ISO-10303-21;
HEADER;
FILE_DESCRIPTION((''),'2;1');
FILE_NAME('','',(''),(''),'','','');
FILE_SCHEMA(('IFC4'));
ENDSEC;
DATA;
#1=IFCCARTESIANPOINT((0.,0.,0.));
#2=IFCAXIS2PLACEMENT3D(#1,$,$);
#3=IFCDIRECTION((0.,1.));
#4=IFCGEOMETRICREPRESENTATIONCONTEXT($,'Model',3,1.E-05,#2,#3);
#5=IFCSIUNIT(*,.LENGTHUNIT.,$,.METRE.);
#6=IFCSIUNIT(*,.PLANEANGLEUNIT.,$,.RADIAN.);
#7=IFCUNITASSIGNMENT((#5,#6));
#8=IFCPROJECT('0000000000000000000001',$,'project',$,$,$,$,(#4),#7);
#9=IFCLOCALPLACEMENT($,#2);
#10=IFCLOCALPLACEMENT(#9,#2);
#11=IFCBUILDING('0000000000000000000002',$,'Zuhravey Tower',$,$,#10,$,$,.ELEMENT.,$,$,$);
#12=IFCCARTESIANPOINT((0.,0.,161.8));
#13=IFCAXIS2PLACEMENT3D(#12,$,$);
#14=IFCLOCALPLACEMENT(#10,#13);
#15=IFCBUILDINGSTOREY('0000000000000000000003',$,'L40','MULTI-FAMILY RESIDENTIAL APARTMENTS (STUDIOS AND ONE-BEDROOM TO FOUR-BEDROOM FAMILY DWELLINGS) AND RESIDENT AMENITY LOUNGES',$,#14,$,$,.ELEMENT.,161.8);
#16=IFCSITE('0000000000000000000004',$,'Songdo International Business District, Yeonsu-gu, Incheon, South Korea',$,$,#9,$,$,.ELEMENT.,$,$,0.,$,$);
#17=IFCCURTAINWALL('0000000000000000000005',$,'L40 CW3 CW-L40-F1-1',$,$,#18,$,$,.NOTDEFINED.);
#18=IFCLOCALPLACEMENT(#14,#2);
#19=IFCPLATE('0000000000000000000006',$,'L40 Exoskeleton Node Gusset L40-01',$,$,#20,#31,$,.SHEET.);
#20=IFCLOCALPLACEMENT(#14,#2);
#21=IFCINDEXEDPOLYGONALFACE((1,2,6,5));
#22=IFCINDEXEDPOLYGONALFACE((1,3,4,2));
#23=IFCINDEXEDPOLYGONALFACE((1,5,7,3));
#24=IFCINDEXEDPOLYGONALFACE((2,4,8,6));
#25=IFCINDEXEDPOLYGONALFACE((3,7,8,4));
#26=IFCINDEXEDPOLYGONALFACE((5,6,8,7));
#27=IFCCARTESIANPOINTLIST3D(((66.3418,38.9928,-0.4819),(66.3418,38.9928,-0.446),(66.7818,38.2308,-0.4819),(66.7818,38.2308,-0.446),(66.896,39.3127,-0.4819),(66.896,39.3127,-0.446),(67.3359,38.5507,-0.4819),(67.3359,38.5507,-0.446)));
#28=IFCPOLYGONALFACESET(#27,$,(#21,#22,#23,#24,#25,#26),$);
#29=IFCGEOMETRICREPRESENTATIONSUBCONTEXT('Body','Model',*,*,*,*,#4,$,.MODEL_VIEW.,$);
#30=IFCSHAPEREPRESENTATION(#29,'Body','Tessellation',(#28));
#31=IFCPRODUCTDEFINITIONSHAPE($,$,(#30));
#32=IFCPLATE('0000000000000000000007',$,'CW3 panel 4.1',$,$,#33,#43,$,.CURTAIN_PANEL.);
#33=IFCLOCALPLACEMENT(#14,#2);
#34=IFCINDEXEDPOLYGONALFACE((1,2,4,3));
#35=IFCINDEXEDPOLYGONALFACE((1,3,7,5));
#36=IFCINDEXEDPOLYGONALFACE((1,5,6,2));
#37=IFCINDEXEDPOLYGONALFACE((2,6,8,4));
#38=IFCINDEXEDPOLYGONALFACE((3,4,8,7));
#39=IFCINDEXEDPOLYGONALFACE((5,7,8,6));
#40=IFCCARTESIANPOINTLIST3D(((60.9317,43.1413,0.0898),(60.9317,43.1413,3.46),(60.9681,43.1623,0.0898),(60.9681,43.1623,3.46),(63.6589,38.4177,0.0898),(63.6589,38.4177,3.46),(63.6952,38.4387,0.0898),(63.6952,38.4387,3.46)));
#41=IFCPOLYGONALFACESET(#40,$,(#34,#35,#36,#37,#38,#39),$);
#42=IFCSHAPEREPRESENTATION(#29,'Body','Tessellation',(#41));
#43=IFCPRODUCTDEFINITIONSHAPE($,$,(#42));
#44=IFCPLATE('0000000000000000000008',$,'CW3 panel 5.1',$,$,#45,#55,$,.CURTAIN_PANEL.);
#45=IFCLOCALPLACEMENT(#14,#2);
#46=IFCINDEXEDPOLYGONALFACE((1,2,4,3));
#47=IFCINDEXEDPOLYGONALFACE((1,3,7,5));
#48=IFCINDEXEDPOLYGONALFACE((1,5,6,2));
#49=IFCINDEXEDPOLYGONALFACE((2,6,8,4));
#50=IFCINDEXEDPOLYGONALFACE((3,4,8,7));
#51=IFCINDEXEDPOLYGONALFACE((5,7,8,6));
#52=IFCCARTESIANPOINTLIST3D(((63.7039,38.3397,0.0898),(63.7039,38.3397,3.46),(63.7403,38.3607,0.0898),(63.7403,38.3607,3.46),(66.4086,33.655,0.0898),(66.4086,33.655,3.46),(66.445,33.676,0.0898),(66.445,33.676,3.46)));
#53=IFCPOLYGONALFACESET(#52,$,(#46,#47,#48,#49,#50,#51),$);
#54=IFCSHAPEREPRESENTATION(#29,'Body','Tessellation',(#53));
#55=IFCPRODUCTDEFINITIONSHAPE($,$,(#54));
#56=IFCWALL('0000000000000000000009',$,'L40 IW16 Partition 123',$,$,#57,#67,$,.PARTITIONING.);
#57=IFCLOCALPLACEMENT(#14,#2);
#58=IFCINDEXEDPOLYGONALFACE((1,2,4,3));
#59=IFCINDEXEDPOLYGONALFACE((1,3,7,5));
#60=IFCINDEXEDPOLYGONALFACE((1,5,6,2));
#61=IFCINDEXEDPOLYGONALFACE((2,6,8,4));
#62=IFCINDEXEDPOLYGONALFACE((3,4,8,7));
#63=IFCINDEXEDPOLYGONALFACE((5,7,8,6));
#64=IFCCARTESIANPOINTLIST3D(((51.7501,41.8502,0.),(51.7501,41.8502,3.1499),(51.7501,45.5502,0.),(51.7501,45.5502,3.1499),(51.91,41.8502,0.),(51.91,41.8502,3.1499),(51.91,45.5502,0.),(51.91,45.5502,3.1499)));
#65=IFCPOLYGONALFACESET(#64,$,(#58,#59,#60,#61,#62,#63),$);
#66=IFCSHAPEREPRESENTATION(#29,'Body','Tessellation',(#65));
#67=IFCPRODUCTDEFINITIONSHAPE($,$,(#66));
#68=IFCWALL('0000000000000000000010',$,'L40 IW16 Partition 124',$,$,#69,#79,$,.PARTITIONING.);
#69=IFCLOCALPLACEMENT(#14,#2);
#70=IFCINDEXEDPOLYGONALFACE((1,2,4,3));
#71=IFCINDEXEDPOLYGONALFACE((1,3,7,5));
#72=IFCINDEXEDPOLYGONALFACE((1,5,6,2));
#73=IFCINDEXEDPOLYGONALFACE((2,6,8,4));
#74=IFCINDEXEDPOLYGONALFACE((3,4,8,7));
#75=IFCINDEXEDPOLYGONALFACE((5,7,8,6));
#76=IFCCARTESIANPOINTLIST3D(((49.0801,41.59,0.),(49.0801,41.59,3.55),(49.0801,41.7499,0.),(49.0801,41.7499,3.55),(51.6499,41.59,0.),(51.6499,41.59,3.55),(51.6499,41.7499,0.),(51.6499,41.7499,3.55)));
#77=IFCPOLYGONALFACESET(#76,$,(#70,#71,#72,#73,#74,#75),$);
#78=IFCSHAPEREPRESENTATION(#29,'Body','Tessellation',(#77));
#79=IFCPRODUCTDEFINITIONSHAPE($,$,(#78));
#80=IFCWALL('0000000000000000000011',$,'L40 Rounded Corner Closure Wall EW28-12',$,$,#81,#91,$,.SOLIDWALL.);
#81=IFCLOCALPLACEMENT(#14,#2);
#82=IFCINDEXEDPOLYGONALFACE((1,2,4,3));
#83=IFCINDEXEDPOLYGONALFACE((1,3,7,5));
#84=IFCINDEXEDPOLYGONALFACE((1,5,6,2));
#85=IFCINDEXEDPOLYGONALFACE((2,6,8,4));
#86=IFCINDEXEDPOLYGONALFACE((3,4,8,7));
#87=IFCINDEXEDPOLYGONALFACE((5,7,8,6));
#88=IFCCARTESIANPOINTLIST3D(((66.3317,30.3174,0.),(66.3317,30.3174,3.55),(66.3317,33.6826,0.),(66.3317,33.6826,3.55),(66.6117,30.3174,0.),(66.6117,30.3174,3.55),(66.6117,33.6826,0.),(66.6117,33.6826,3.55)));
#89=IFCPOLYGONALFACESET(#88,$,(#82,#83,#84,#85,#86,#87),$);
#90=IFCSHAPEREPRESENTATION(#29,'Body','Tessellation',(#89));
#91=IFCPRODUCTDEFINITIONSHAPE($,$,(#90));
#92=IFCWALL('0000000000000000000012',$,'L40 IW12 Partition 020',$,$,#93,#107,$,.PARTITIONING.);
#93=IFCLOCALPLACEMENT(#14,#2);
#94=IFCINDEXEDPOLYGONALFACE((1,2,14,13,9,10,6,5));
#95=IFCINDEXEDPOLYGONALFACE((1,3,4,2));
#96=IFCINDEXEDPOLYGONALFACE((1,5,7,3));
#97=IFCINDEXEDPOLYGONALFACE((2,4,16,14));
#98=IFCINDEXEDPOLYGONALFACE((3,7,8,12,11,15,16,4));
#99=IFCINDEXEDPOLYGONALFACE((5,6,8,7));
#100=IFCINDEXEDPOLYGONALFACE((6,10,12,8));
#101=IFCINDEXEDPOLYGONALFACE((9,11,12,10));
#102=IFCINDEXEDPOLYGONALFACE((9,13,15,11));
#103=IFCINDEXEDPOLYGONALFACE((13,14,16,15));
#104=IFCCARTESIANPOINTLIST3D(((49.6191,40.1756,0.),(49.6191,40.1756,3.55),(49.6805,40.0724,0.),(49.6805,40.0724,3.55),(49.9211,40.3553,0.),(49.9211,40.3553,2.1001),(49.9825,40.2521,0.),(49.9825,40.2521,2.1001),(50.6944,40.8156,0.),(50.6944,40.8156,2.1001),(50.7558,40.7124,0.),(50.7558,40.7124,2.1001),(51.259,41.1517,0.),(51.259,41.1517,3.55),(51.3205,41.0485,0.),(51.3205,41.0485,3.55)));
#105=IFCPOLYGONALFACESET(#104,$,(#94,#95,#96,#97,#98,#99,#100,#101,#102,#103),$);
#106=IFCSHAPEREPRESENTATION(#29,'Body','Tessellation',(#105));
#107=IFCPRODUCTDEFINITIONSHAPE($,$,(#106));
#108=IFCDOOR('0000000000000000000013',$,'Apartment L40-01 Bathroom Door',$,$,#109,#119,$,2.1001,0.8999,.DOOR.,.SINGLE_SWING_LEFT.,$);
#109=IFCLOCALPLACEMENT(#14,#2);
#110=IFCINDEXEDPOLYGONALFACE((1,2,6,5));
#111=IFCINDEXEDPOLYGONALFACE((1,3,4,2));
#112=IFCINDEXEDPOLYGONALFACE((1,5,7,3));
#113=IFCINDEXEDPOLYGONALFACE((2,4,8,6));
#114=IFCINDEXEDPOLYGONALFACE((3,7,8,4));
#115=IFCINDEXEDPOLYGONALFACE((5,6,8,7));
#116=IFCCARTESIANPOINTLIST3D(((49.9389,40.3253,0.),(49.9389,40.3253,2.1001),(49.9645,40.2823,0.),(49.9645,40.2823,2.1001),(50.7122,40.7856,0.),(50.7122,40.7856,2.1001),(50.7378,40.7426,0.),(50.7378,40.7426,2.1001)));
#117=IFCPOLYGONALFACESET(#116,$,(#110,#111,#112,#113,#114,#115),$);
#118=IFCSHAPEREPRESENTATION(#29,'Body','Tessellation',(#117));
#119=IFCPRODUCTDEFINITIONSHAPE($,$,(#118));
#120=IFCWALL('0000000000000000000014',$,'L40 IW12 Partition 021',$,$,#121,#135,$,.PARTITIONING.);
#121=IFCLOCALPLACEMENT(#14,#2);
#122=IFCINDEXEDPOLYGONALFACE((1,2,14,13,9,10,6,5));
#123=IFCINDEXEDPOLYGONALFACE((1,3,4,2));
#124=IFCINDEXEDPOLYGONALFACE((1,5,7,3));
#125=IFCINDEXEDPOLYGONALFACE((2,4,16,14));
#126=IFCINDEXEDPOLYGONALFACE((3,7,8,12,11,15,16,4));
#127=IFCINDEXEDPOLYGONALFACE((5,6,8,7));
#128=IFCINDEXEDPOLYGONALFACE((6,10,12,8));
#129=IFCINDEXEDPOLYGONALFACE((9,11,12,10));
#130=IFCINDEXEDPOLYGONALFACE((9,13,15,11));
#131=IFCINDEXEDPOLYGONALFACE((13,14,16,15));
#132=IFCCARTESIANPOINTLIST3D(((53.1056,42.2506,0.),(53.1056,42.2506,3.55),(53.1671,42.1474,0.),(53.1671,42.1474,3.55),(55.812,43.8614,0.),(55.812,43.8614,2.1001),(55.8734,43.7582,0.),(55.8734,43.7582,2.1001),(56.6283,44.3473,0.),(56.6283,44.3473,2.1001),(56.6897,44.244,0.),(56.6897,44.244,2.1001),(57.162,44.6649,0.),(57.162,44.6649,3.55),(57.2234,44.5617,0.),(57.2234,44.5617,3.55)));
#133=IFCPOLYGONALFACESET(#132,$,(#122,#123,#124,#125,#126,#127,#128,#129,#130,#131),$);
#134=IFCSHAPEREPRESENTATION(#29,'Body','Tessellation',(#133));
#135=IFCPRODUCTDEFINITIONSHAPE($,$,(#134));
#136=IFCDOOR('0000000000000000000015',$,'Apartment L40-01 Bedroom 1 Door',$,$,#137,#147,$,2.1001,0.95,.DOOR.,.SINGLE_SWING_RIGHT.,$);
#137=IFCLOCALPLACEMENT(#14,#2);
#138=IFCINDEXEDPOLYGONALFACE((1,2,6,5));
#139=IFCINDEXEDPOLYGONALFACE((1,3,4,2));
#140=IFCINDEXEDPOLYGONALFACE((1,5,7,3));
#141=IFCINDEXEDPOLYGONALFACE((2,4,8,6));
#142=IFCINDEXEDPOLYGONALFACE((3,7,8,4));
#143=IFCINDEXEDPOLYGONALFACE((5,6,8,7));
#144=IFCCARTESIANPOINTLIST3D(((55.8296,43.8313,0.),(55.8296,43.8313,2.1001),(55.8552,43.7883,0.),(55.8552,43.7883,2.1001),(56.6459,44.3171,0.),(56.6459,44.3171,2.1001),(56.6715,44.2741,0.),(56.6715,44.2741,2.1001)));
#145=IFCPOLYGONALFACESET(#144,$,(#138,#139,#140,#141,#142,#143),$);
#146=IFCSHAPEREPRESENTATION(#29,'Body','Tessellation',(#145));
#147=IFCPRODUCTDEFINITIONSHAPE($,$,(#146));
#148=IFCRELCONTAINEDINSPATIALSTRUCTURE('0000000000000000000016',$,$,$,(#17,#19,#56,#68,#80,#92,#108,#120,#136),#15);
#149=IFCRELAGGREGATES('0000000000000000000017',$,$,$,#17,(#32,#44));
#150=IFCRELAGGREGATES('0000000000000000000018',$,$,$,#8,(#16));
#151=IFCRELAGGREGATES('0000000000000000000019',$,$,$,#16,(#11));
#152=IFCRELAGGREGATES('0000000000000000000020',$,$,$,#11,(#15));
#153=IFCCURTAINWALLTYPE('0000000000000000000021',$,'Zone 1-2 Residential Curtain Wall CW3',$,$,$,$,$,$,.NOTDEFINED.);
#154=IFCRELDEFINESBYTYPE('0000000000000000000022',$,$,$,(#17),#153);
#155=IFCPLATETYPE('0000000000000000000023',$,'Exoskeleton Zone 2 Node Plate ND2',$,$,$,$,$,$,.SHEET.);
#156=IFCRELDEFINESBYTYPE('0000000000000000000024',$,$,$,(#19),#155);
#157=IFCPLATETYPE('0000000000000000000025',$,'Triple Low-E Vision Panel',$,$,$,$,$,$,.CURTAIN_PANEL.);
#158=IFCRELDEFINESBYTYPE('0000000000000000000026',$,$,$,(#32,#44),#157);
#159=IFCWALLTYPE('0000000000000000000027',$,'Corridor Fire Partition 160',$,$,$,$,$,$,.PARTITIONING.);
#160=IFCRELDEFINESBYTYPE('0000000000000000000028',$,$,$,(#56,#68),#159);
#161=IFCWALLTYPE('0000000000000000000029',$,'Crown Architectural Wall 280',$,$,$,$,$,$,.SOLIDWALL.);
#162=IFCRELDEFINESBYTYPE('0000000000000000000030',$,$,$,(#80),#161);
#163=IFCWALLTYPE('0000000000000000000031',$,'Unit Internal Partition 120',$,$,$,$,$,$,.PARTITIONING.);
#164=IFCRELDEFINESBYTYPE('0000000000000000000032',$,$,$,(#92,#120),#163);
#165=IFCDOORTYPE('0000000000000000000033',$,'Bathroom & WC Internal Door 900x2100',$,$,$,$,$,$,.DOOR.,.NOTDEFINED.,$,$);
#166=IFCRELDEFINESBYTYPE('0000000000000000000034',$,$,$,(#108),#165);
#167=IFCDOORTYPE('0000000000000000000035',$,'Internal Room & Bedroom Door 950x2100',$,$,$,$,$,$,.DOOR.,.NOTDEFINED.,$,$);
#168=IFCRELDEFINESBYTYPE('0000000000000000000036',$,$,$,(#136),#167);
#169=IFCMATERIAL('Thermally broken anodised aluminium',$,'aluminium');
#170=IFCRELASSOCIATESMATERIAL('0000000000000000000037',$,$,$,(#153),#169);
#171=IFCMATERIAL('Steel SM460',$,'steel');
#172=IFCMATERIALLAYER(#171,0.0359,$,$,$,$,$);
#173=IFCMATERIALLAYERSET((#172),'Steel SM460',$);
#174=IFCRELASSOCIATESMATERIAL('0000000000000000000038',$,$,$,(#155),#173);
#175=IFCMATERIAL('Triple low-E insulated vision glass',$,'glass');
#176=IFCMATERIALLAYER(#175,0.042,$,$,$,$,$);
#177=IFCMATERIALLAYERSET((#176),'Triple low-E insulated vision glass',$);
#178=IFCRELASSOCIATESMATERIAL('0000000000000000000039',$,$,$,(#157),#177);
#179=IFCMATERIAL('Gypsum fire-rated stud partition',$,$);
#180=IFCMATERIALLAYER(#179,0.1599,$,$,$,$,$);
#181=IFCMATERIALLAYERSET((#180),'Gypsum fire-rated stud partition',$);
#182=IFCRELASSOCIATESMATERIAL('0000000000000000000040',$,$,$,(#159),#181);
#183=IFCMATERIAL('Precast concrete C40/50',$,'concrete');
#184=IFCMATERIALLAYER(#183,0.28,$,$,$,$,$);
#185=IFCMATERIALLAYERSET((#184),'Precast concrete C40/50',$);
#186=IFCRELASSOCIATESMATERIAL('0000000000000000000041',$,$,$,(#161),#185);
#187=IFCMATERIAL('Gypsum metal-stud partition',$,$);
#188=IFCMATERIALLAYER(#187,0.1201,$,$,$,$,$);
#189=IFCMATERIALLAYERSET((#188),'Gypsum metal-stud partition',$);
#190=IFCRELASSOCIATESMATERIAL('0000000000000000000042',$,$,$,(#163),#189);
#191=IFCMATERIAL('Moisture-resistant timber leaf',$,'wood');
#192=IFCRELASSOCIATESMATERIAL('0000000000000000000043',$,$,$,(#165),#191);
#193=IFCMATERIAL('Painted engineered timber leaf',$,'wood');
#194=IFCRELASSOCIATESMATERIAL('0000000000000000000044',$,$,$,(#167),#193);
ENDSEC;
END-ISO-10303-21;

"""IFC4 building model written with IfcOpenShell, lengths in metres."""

from ifc_helpers import new_model, si_unit, direction, frame, frame_2d, origin, origin_2d, place, context, subcontext, project, spatial, rectangle, extrude, material, layer, layer_set, type_object, element, fill, aggregate, save


model = new_model("IFC4")

# Units and contexts
model_context = context("Model", 3, precision=1e-05, world=origin(), true_north=direction((0.0, 1.0)))
body_context = subcontext(model_context, "Body", "Model", "MODEL_VIEW")
ifc_project = project(units=[si_unit("LENGTHUNIT", "METRE"), si_unit("PLANEANGLEUNIT", "RADIAN")], contexts=[model_context])

# Site, building, storey
site_placement = place(None, origin())
site = spatial("IfcSite", under=ifc_project, at=site_placement, Name="Songdo International Business District, Yeonsu-gu, Incheon, South Korea", CompositionType="ELEMENT", RefElevation=0.0)
building_placement = place(site_placement, origin())
building = spatial("IfcBuilding", under=site, at=building_placement, Name="Zuhravey Tower", CompositionType="ELEMENT")
storey_placement = place(building_placement, frame((0.0, 0.0, 161.8)))
storey = spatial("IfcBuildingStorey", under=building, at=storey_placement, Name="L40", Description="MULTI-FAMILY RESIDENTIAL APARTMENTS (STUDIOS AND ONE-BEDROOM TO FOUR-BEDROOM FAMILY DWELLINGS) AND RESIDENT AMENITY LOUNGES", CompositionType="ELEMENT", Elevation=161.8)

# Curtain wall
ifc_material_1 = material(Name="Thermally broken anodised aluminium", Category="aluminium")
curtain_wall_type = type_object("IfcCurtainWallType", Name="Zone 1-2 Residential Curtain Wall CW3", PredefinedType="NOTDEFINED", material=ifc_material_1)
curtain_wall_placement = place(storey_placement, origin())
curtain_wall = element("IfcCurtainWall", 1, at=curtain_wall_placement, inside=storey, type_object=curtain_wall_type, Name="L40 CW3 CW-L40-F1-1", PredefinedType="NOTDEFINED")

# Shared definitions
ifc_material_2 = material(Name="Steel SM460", Category="steel")

# Plates
ifc_layer_1 = layer(ifc_material_2, 0.0359)
ifc_layer_set_1 = layer_set([ifc_layer_1], Name="Steel SM460")
plate_type_1 = type_object("IfcPlateType", Name="Exoskeleton Zone 2 Node Plate ND2", PredefinedType="SHEET", material=ifc_layer_set_1)
plate_1_placement = place(storey_placement, frame((66.8389, 38.7717, -0.4819), z_axis=(0.0, 0.0, 1.0), x_axis=(-0.5, 0.866025, 0.0)))
element("IfcPlate", 2, at=plate_1_placement, inside=storey, type_object=plate_type_1, Name="L40 Exoskeleton Node Gusset L40-01", PredefinedType="SHEET", context=body_context, shape_type="SweptSolid", body=[
    extrude(rectangle(XDim=0.8799, YDim=0.6399, at=origin_2d()), origin(), (0.0, 0.0, 1.0), 0.0359),
])
ifc_material_3 = material(Name="Triple low-E insulated vision glass", Category="glass")
ifc_layer_2 = layer(ifc_material_3, 0.042)
ifc_layer_set_2 = layer_set([ifc_layer_2], Name="Triple low-E insulated vision glass")
plate_type_2 = type_object("IfcPlateType", Name="Triple Low-E Vision Panel", PredefinedType="CURTAIN_PANEL", material=ifc_layer_set_2)
plate_2_placement = place(storey_placement, frame((62.3135, 40.79, 0.0898), z_axis=(0.0, 0.0, 1.0), x_axis=(0.5, -0.866025, 0.0)))
plate_2 = element("IfcPlate", 3, at=plate_2_placement, type_object=plate_type_2, Name="CW3 panel 4.1", PredefinedType="CURTAIN_PANEL", context=body_context, shape_type="SweptSolid", body=[
    extrude(rectangle(XDim=5.4543, YDim=0.042, at=origin_2d()), origin(), (0.0, 0.0, 1.0), 3.3701),
])
plate_3_placement = place(storey_placement, frame((65.0745, 36.0078, 0.0898), z_axis=(0.0, 0.0, 1.0), x_axis=(0.5, -0.866025, 0.0)))
plate_3 = element("IfcPlate", 4, at=plate_3_placement, type_object=plate_type_2, Name="CW3 panel 5.1", PredefinedType="CURTAIN_PANEL", context=body_context, shape_type="SweptSolid", body=[
    extrude(rectangle(XDim=5.4094, YDim=0.042, at=origin_2d()), origin(), (0.0, 0.0, 1.0), 3.3701),
])
aggregate(curtain_wall, [plate_2, plate_3])

# Walls
ifc_material_4 = material(Name="Gypsum fire-rated stud partition")
ifc_layer_3 = layer(ifc_material_4, 0.1599)
ifc_layer_set_3 = layer_set([ifc_layer_3], Name="Gypsum fire-rated stud partition")
wall_type_1 = type_object("IfcWallType", Name="Corridor Fire Partition 160", PredefinedType="PARTITIONING", material=ifc_layer_set_3)
wall_1_placement = place(storey_placement, frame((51.8301, 41.8501, 0.0), z_axis=(0.0, 0.0, 1.0), x_axis=(0.0, 1.0, 0.0)))
element("IfcWall", 5, at=wall_1_placement, inside=storey, type_object=wall_type_1, Name="L40 IW16 Partition 123", PredefinedType="PARTITIONING", context=body_context, shape_type="SweptSolid", body=[
    extrude(rectangle(XDim=3.7, YDim=0.1599, at=frame_2d((1.8501, 0.0))), origin(), (0.0, 0.0, 1.0), 3.1499),
])
wall_2_placement = place(storey_placement, frame((49.0801, 41.6699, 0.0), z_axis=(0.0, 0.0, 1.0), x_axis=(1.0, 0.0, 0.0)))
element("IfcWall", 6, at=wall_2_placement, inside=storey, type_object=wall_type_1, Name="L40 IW16 Partition 124", PredefinedType="PARTITIONING", context=body_context, shape_type="SweptSolid", body=[
    extrude(rectangle(XDim=2.5698, YDim=0.1599, at=frame_2d((1.2849, 0.0))), origin(), (0.0, 0.0, 1.0), 3.55),
])
ifc_material_5 = material(Name="Precast concrete C40/50", Category="concrete")
ifc_layer_4 = layer(ifc_material_5, 0.28)
ifc_layer_set_4 = layer_set([ifc_layer_4], Name="Precast concrete C40/50")
wall_type_2 = type_object("IfcWallType", Name="Crown Architectural Wall 280", PredefinedType="SOLIDWALL", material=ifc_layer_set_4)
wall_3_placement = place(storey_placement, frame((66.4717, 33.6826, 0.0), z_axis=(0.0, 0.0, 1.0), x_axis=(0.0, -1.0, 0.0)))
element("IfcWall", 7, at=wall_3_placement, inside=storey, type_object=wall_type_2, Name="L40 Rounded Corner Closure Wall EW28-12", PredefinedType="SOLIDWALL", context=body_context, shape_type="SweptSolid", body=[
    extrude(rectangle(XDim=3.3652, YDim=0.28, at=frame_2d((1.6826, 0.0))), origin(), (0.0, 0.0, 1.0), 3.55),
])

# Walls, openings, doors
ifc_material_6 = material(Name="Gypsum metal-stud partition")
ifc_layer_5 = layer(ifc_material_6, 0.1201)
ifc_layer_set_5 = layer_set([ifc_layer_5], Name="Gypsum metal-stud partition")
wall_type_3 = type_object("IfcWallType", Name="Unit Internal Partition 120", PredefinedType="PARTITIONING", material=ifc_layer_set_5)
wall_4_placement = place(storey_placement, frame((49.6499, 40.124, 0.0), z_axis=(0.0, 0.0, 1.0), x_axis=(0.859305, 0.511464, 0.0)))
wall_4 = element("IfcWall", 8, at=wall_4_placement, inside=storey, type_object=wall_type_3, Name="L40 IW12 Partition 020", PredefinedType="PARTITIONING", context=body_context, shape_type="SweptSolid", body=[
    extrude(rectangle(XDim=1.9084, YDim=0.1201, at=frame_2d((0.9541, 0.0))), origin(), (0.0, 0.0, 1.0), 3.55),
])
opening_1_placement = place(wall_4_placement, frame((0.3513, 0.0, 0.0)))
opening_1 = element("IfcOpeningElement", 9, at=opening_1_placement, cuts=wall_4, PredefinedType="OPENING", context=body_context, shape_type="SweptSolid", body=[
    extrude(rectangle(XDim=0.8999, YDim=2.1001, at=frame_2d((0.45, 1.05))), frame((0.0, 0.072, 0.0), z_axis=(0.0, -1.0, 0.0), x_axis=(1.0, 0.0, 0.0)), (0.0, 0.0, 1.0), 0.144),
])
ifc_material_7 = material(Name="Moisture-resistant timber leaf", Category="wood")
door_type_1 = type_object("IfcDoorType", Name="Bathroom & WC Internal Door 900x2100", OperationType="NOTDEFINED", PredefinedType="DOOR", material=ifc_material_7)
door_1_placement = place(opening_1_placement, frame((0.8999, 0.0, 0.0), z_axis=(0.0, 0.0, 1.0), x_axis=(-1.0, 0.0, 0.0)))
door_1 = element("IfcDoor", 10, at=door_1_placement, inside=storey, type_object=door_type_1, Name="Apartment L40-01 Bathroom Door", OperationType="SINGLE_SWING_LEFT", OverallHeight=2.1001, OverallWidth=0.8999, PredefinedType="DOOR", context=body_context, shape_type="SweptSolid", body=[
    extrude(rectangle(XDim=0.8999, YDim=2.1001, at=frame_2d((0.45, 1.05))), frame((0.0, 0.0249, 0.0), z_axis=(0.0, -1.0, 0.0), x_axis=(1.0, 0.0, 0.0)), (0.0, 0.0, 1.0), 0.05),
])
fill(opening_1, door_1)
wall_5_placement = place(storey_placement, frame((53.1362, 42.199, 0.0), z_axis=(0.0, 0.0, 1.0), x_axis=(0.859313, 0.51145, 0.0)))
wall_5 = element("IfcWall", 11, at=wall_5_placement, inside=storey, type_object=wall_type_3, Name="L40 IW12 Partition 021", PredefinedType="PARTITIONING", context=body_context, shape_type="SweptSolid", body=[
    extrude(rectangle(XDim=4.7205, YDim=0.1201, at=frame_2d((2.3604, 0.0))), origin(), (0.0, 0.0, 1.0), 3.55),
])
opening_2_placement = place(wall_5_placement, frame((3.1494, 0.0, 0.0)))
opening_2 = element("IfcOpeningElement", 12, at=opening_2_placement, cuts=wall_5, PredefinedType="OPENING", context=body_context, shape_type="SweptSolid", body=[
    extrude(rectangle(XDim=0.95, YDim=2.1001, at=frame_2d((0.4751, 1.05))), frame((0.0, 0.072, 0.0), z_axis=(0.0, -1.0, 0.0), x_axis=(1.0, 0.0, 0.0)), (0.0, 0.0, 1.0), 0.144),
])
ifc_material_8 = material(Name="Painted engineered timber leaf", Category="wood")
door_type_2 = type_object("IfcDoorType", Name="Internal Room & Bedroom Door 950x2100", OperationType="NOTDEFINED", PredefinedType="DOOR", material=ifc_material_8)
door_2_placement = place(opening_2_placement, frame((0.95, 0.0, 0.0), z_axis=(0.0, 0.0, 1.0), x_axis=(-1.0, 0.0, 0.0)))
door_2 = element("IfcDoor", 13, at=door_2_placement, inside=storey, type_object=door_type_2, Name="Apartment L40-01 Bedroom 1 Door", OperationType="SINGLE_SWING_RIGHT", OverallHeight=2.1001, OverallWidth=0.95, PredefinedType="DOOR", context=body_context, shape_type="SweptSolid", body=[
    extrude(rectangle(XDim=0.95, YDim=2.1001, at=frame_2d((0.4751, 1.05))), frame((0.0, 0.0249, 0.0), z_axis=(0.0, -1.0, 0.0), x_axis=(1.0, 0.0, 0.0)), (0.0, 0.0, 1.0), 0.05),
])
fill(opening_2, door_2)

save(model, "model.ifc")
